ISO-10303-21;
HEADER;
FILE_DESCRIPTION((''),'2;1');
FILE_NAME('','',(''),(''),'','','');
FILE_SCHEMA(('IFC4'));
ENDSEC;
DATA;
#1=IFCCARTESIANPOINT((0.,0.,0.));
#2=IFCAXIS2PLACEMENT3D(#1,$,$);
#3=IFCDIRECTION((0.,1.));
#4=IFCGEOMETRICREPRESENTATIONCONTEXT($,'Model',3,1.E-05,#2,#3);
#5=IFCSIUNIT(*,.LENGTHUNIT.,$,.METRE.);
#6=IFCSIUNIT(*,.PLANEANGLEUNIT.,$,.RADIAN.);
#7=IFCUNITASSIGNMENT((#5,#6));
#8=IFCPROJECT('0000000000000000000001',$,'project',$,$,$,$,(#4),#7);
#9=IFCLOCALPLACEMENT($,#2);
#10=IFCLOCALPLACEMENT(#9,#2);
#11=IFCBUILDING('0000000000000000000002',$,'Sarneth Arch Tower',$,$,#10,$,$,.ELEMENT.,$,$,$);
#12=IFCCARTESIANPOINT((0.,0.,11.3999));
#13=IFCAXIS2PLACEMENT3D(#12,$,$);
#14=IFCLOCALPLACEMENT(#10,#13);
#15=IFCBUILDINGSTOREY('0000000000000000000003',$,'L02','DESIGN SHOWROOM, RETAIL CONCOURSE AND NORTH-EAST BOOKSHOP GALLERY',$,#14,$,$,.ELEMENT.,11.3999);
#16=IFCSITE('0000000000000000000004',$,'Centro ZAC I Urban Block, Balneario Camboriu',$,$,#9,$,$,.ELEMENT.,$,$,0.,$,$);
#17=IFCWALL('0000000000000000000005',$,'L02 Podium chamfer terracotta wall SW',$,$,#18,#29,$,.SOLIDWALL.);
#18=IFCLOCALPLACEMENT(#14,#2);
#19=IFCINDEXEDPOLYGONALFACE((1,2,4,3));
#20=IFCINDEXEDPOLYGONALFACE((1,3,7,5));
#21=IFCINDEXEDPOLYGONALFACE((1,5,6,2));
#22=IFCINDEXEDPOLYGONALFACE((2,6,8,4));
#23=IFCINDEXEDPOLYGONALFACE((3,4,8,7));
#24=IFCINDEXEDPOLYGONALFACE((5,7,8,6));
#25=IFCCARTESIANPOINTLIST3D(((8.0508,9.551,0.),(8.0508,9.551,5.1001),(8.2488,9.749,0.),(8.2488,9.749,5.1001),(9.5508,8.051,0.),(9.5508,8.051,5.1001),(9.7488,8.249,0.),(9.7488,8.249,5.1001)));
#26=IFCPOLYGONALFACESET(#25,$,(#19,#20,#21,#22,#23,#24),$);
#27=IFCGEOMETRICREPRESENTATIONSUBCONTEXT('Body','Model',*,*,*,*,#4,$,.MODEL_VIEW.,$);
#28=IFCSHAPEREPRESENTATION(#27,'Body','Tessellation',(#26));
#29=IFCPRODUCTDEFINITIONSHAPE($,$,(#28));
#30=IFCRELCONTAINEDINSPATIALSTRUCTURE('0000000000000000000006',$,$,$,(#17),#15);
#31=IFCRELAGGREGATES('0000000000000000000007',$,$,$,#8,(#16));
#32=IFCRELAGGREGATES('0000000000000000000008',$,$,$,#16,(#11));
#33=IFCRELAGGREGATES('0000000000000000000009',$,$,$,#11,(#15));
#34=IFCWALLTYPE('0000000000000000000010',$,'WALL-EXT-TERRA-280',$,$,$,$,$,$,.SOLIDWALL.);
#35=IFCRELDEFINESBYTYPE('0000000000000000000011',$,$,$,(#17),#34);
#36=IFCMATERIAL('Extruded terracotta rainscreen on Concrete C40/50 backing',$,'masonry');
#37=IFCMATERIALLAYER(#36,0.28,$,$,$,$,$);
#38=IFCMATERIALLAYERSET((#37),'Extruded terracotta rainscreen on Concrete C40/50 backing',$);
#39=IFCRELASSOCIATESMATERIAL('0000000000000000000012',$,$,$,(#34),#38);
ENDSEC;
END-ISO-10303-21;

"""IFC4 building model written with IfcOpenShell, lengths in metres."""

from ifc_helpers import new_model, si_unit, direction, frame, frame_2d, origin, place, context, subcontext, project, spatial, rectangle, extrude, material, layer, layer_set, type_object, element, save


model = new_model("IFC4")

# Units and contexts
model_context = context("Model", 3, precision=1e-05, world=origin(), true_north=direction((0.0, 1.0)))
body_context = subcontext(model_context, "Body", "Model", "MODEL_VIEW")
ifc_project = project(units=[si_unit("LENGTHUNIT", "METRE"), si_unit("PLANEANGLEUNIT", "RADIAN")], contexts=[model_context])

# Site, building, storey
site_placement = place(None, origin())
site = spatial("IfcSite", under=ifc_project, at=site_placement, Name="Centro ZAC I Urban Block, Balneario Camboriu", CompositionType="ELEMENT", RefElevation=0.0)
building_placement = place(site_placement, origin())
building = spatial("IfcBuilding", under=site, at=building_placement, Name="Sarneth Arch Tower", CompositionType="ELEMENT")
storey_placement = place(building_placement, frame((0.0, 0.0, 11.3999)))
storey = spatial("IfcBuildingStorey", under=building, at=storey_placement, Name="L02", Description="DESIGN SHOWROOM, RETAIL CONCOURSE AND NORTH-EAST BOOKSHOP GALLERY", CompositionType="ELEMENT", Elevation=11.3999)

# Shared definitions
ifc_material_1 = material(Name="Extruded terracotta rainscreen on Concrete C40/50 backing", Category="masonry")
ifc_layer_1 = layer(ifc_material_1, 0.28)
ifc_layer_set_1 = layer_set([ifc_layer_1], Name="Extruded terracotta rainscreen on Concrete C40/50 backing")
wall_type = type_object("IfcWallType", Name="WALL-EXT-TERRA-280", PredefinedType="SOLIDWALL", material=ifc_layer_set_1)

# Wall
wall_1_placement = place(storey_placement, frame((8.1499, 9.6499, 0.0), z_axis=(0.0, 0.0, 1.0), x_axis=(0.707107, -0.707107, 0.0)))
element("IfcWall", 1, at=wall_1_placement, inside=storey, type_object=wall_type, Name="L02 Podium chamfer terracotta wall SW", PredefinedType="SOLIDWALL", context=body_context, shape_type="SweptSolid", body=[
    extrude(rectangle(XDim=2.1213, YDim=0.28, at=frame_2d((1.0605, 0.0))), origin(), (0.0, 0.0, 1.0), 5.1001),
])

save(model, "model.ifc")
